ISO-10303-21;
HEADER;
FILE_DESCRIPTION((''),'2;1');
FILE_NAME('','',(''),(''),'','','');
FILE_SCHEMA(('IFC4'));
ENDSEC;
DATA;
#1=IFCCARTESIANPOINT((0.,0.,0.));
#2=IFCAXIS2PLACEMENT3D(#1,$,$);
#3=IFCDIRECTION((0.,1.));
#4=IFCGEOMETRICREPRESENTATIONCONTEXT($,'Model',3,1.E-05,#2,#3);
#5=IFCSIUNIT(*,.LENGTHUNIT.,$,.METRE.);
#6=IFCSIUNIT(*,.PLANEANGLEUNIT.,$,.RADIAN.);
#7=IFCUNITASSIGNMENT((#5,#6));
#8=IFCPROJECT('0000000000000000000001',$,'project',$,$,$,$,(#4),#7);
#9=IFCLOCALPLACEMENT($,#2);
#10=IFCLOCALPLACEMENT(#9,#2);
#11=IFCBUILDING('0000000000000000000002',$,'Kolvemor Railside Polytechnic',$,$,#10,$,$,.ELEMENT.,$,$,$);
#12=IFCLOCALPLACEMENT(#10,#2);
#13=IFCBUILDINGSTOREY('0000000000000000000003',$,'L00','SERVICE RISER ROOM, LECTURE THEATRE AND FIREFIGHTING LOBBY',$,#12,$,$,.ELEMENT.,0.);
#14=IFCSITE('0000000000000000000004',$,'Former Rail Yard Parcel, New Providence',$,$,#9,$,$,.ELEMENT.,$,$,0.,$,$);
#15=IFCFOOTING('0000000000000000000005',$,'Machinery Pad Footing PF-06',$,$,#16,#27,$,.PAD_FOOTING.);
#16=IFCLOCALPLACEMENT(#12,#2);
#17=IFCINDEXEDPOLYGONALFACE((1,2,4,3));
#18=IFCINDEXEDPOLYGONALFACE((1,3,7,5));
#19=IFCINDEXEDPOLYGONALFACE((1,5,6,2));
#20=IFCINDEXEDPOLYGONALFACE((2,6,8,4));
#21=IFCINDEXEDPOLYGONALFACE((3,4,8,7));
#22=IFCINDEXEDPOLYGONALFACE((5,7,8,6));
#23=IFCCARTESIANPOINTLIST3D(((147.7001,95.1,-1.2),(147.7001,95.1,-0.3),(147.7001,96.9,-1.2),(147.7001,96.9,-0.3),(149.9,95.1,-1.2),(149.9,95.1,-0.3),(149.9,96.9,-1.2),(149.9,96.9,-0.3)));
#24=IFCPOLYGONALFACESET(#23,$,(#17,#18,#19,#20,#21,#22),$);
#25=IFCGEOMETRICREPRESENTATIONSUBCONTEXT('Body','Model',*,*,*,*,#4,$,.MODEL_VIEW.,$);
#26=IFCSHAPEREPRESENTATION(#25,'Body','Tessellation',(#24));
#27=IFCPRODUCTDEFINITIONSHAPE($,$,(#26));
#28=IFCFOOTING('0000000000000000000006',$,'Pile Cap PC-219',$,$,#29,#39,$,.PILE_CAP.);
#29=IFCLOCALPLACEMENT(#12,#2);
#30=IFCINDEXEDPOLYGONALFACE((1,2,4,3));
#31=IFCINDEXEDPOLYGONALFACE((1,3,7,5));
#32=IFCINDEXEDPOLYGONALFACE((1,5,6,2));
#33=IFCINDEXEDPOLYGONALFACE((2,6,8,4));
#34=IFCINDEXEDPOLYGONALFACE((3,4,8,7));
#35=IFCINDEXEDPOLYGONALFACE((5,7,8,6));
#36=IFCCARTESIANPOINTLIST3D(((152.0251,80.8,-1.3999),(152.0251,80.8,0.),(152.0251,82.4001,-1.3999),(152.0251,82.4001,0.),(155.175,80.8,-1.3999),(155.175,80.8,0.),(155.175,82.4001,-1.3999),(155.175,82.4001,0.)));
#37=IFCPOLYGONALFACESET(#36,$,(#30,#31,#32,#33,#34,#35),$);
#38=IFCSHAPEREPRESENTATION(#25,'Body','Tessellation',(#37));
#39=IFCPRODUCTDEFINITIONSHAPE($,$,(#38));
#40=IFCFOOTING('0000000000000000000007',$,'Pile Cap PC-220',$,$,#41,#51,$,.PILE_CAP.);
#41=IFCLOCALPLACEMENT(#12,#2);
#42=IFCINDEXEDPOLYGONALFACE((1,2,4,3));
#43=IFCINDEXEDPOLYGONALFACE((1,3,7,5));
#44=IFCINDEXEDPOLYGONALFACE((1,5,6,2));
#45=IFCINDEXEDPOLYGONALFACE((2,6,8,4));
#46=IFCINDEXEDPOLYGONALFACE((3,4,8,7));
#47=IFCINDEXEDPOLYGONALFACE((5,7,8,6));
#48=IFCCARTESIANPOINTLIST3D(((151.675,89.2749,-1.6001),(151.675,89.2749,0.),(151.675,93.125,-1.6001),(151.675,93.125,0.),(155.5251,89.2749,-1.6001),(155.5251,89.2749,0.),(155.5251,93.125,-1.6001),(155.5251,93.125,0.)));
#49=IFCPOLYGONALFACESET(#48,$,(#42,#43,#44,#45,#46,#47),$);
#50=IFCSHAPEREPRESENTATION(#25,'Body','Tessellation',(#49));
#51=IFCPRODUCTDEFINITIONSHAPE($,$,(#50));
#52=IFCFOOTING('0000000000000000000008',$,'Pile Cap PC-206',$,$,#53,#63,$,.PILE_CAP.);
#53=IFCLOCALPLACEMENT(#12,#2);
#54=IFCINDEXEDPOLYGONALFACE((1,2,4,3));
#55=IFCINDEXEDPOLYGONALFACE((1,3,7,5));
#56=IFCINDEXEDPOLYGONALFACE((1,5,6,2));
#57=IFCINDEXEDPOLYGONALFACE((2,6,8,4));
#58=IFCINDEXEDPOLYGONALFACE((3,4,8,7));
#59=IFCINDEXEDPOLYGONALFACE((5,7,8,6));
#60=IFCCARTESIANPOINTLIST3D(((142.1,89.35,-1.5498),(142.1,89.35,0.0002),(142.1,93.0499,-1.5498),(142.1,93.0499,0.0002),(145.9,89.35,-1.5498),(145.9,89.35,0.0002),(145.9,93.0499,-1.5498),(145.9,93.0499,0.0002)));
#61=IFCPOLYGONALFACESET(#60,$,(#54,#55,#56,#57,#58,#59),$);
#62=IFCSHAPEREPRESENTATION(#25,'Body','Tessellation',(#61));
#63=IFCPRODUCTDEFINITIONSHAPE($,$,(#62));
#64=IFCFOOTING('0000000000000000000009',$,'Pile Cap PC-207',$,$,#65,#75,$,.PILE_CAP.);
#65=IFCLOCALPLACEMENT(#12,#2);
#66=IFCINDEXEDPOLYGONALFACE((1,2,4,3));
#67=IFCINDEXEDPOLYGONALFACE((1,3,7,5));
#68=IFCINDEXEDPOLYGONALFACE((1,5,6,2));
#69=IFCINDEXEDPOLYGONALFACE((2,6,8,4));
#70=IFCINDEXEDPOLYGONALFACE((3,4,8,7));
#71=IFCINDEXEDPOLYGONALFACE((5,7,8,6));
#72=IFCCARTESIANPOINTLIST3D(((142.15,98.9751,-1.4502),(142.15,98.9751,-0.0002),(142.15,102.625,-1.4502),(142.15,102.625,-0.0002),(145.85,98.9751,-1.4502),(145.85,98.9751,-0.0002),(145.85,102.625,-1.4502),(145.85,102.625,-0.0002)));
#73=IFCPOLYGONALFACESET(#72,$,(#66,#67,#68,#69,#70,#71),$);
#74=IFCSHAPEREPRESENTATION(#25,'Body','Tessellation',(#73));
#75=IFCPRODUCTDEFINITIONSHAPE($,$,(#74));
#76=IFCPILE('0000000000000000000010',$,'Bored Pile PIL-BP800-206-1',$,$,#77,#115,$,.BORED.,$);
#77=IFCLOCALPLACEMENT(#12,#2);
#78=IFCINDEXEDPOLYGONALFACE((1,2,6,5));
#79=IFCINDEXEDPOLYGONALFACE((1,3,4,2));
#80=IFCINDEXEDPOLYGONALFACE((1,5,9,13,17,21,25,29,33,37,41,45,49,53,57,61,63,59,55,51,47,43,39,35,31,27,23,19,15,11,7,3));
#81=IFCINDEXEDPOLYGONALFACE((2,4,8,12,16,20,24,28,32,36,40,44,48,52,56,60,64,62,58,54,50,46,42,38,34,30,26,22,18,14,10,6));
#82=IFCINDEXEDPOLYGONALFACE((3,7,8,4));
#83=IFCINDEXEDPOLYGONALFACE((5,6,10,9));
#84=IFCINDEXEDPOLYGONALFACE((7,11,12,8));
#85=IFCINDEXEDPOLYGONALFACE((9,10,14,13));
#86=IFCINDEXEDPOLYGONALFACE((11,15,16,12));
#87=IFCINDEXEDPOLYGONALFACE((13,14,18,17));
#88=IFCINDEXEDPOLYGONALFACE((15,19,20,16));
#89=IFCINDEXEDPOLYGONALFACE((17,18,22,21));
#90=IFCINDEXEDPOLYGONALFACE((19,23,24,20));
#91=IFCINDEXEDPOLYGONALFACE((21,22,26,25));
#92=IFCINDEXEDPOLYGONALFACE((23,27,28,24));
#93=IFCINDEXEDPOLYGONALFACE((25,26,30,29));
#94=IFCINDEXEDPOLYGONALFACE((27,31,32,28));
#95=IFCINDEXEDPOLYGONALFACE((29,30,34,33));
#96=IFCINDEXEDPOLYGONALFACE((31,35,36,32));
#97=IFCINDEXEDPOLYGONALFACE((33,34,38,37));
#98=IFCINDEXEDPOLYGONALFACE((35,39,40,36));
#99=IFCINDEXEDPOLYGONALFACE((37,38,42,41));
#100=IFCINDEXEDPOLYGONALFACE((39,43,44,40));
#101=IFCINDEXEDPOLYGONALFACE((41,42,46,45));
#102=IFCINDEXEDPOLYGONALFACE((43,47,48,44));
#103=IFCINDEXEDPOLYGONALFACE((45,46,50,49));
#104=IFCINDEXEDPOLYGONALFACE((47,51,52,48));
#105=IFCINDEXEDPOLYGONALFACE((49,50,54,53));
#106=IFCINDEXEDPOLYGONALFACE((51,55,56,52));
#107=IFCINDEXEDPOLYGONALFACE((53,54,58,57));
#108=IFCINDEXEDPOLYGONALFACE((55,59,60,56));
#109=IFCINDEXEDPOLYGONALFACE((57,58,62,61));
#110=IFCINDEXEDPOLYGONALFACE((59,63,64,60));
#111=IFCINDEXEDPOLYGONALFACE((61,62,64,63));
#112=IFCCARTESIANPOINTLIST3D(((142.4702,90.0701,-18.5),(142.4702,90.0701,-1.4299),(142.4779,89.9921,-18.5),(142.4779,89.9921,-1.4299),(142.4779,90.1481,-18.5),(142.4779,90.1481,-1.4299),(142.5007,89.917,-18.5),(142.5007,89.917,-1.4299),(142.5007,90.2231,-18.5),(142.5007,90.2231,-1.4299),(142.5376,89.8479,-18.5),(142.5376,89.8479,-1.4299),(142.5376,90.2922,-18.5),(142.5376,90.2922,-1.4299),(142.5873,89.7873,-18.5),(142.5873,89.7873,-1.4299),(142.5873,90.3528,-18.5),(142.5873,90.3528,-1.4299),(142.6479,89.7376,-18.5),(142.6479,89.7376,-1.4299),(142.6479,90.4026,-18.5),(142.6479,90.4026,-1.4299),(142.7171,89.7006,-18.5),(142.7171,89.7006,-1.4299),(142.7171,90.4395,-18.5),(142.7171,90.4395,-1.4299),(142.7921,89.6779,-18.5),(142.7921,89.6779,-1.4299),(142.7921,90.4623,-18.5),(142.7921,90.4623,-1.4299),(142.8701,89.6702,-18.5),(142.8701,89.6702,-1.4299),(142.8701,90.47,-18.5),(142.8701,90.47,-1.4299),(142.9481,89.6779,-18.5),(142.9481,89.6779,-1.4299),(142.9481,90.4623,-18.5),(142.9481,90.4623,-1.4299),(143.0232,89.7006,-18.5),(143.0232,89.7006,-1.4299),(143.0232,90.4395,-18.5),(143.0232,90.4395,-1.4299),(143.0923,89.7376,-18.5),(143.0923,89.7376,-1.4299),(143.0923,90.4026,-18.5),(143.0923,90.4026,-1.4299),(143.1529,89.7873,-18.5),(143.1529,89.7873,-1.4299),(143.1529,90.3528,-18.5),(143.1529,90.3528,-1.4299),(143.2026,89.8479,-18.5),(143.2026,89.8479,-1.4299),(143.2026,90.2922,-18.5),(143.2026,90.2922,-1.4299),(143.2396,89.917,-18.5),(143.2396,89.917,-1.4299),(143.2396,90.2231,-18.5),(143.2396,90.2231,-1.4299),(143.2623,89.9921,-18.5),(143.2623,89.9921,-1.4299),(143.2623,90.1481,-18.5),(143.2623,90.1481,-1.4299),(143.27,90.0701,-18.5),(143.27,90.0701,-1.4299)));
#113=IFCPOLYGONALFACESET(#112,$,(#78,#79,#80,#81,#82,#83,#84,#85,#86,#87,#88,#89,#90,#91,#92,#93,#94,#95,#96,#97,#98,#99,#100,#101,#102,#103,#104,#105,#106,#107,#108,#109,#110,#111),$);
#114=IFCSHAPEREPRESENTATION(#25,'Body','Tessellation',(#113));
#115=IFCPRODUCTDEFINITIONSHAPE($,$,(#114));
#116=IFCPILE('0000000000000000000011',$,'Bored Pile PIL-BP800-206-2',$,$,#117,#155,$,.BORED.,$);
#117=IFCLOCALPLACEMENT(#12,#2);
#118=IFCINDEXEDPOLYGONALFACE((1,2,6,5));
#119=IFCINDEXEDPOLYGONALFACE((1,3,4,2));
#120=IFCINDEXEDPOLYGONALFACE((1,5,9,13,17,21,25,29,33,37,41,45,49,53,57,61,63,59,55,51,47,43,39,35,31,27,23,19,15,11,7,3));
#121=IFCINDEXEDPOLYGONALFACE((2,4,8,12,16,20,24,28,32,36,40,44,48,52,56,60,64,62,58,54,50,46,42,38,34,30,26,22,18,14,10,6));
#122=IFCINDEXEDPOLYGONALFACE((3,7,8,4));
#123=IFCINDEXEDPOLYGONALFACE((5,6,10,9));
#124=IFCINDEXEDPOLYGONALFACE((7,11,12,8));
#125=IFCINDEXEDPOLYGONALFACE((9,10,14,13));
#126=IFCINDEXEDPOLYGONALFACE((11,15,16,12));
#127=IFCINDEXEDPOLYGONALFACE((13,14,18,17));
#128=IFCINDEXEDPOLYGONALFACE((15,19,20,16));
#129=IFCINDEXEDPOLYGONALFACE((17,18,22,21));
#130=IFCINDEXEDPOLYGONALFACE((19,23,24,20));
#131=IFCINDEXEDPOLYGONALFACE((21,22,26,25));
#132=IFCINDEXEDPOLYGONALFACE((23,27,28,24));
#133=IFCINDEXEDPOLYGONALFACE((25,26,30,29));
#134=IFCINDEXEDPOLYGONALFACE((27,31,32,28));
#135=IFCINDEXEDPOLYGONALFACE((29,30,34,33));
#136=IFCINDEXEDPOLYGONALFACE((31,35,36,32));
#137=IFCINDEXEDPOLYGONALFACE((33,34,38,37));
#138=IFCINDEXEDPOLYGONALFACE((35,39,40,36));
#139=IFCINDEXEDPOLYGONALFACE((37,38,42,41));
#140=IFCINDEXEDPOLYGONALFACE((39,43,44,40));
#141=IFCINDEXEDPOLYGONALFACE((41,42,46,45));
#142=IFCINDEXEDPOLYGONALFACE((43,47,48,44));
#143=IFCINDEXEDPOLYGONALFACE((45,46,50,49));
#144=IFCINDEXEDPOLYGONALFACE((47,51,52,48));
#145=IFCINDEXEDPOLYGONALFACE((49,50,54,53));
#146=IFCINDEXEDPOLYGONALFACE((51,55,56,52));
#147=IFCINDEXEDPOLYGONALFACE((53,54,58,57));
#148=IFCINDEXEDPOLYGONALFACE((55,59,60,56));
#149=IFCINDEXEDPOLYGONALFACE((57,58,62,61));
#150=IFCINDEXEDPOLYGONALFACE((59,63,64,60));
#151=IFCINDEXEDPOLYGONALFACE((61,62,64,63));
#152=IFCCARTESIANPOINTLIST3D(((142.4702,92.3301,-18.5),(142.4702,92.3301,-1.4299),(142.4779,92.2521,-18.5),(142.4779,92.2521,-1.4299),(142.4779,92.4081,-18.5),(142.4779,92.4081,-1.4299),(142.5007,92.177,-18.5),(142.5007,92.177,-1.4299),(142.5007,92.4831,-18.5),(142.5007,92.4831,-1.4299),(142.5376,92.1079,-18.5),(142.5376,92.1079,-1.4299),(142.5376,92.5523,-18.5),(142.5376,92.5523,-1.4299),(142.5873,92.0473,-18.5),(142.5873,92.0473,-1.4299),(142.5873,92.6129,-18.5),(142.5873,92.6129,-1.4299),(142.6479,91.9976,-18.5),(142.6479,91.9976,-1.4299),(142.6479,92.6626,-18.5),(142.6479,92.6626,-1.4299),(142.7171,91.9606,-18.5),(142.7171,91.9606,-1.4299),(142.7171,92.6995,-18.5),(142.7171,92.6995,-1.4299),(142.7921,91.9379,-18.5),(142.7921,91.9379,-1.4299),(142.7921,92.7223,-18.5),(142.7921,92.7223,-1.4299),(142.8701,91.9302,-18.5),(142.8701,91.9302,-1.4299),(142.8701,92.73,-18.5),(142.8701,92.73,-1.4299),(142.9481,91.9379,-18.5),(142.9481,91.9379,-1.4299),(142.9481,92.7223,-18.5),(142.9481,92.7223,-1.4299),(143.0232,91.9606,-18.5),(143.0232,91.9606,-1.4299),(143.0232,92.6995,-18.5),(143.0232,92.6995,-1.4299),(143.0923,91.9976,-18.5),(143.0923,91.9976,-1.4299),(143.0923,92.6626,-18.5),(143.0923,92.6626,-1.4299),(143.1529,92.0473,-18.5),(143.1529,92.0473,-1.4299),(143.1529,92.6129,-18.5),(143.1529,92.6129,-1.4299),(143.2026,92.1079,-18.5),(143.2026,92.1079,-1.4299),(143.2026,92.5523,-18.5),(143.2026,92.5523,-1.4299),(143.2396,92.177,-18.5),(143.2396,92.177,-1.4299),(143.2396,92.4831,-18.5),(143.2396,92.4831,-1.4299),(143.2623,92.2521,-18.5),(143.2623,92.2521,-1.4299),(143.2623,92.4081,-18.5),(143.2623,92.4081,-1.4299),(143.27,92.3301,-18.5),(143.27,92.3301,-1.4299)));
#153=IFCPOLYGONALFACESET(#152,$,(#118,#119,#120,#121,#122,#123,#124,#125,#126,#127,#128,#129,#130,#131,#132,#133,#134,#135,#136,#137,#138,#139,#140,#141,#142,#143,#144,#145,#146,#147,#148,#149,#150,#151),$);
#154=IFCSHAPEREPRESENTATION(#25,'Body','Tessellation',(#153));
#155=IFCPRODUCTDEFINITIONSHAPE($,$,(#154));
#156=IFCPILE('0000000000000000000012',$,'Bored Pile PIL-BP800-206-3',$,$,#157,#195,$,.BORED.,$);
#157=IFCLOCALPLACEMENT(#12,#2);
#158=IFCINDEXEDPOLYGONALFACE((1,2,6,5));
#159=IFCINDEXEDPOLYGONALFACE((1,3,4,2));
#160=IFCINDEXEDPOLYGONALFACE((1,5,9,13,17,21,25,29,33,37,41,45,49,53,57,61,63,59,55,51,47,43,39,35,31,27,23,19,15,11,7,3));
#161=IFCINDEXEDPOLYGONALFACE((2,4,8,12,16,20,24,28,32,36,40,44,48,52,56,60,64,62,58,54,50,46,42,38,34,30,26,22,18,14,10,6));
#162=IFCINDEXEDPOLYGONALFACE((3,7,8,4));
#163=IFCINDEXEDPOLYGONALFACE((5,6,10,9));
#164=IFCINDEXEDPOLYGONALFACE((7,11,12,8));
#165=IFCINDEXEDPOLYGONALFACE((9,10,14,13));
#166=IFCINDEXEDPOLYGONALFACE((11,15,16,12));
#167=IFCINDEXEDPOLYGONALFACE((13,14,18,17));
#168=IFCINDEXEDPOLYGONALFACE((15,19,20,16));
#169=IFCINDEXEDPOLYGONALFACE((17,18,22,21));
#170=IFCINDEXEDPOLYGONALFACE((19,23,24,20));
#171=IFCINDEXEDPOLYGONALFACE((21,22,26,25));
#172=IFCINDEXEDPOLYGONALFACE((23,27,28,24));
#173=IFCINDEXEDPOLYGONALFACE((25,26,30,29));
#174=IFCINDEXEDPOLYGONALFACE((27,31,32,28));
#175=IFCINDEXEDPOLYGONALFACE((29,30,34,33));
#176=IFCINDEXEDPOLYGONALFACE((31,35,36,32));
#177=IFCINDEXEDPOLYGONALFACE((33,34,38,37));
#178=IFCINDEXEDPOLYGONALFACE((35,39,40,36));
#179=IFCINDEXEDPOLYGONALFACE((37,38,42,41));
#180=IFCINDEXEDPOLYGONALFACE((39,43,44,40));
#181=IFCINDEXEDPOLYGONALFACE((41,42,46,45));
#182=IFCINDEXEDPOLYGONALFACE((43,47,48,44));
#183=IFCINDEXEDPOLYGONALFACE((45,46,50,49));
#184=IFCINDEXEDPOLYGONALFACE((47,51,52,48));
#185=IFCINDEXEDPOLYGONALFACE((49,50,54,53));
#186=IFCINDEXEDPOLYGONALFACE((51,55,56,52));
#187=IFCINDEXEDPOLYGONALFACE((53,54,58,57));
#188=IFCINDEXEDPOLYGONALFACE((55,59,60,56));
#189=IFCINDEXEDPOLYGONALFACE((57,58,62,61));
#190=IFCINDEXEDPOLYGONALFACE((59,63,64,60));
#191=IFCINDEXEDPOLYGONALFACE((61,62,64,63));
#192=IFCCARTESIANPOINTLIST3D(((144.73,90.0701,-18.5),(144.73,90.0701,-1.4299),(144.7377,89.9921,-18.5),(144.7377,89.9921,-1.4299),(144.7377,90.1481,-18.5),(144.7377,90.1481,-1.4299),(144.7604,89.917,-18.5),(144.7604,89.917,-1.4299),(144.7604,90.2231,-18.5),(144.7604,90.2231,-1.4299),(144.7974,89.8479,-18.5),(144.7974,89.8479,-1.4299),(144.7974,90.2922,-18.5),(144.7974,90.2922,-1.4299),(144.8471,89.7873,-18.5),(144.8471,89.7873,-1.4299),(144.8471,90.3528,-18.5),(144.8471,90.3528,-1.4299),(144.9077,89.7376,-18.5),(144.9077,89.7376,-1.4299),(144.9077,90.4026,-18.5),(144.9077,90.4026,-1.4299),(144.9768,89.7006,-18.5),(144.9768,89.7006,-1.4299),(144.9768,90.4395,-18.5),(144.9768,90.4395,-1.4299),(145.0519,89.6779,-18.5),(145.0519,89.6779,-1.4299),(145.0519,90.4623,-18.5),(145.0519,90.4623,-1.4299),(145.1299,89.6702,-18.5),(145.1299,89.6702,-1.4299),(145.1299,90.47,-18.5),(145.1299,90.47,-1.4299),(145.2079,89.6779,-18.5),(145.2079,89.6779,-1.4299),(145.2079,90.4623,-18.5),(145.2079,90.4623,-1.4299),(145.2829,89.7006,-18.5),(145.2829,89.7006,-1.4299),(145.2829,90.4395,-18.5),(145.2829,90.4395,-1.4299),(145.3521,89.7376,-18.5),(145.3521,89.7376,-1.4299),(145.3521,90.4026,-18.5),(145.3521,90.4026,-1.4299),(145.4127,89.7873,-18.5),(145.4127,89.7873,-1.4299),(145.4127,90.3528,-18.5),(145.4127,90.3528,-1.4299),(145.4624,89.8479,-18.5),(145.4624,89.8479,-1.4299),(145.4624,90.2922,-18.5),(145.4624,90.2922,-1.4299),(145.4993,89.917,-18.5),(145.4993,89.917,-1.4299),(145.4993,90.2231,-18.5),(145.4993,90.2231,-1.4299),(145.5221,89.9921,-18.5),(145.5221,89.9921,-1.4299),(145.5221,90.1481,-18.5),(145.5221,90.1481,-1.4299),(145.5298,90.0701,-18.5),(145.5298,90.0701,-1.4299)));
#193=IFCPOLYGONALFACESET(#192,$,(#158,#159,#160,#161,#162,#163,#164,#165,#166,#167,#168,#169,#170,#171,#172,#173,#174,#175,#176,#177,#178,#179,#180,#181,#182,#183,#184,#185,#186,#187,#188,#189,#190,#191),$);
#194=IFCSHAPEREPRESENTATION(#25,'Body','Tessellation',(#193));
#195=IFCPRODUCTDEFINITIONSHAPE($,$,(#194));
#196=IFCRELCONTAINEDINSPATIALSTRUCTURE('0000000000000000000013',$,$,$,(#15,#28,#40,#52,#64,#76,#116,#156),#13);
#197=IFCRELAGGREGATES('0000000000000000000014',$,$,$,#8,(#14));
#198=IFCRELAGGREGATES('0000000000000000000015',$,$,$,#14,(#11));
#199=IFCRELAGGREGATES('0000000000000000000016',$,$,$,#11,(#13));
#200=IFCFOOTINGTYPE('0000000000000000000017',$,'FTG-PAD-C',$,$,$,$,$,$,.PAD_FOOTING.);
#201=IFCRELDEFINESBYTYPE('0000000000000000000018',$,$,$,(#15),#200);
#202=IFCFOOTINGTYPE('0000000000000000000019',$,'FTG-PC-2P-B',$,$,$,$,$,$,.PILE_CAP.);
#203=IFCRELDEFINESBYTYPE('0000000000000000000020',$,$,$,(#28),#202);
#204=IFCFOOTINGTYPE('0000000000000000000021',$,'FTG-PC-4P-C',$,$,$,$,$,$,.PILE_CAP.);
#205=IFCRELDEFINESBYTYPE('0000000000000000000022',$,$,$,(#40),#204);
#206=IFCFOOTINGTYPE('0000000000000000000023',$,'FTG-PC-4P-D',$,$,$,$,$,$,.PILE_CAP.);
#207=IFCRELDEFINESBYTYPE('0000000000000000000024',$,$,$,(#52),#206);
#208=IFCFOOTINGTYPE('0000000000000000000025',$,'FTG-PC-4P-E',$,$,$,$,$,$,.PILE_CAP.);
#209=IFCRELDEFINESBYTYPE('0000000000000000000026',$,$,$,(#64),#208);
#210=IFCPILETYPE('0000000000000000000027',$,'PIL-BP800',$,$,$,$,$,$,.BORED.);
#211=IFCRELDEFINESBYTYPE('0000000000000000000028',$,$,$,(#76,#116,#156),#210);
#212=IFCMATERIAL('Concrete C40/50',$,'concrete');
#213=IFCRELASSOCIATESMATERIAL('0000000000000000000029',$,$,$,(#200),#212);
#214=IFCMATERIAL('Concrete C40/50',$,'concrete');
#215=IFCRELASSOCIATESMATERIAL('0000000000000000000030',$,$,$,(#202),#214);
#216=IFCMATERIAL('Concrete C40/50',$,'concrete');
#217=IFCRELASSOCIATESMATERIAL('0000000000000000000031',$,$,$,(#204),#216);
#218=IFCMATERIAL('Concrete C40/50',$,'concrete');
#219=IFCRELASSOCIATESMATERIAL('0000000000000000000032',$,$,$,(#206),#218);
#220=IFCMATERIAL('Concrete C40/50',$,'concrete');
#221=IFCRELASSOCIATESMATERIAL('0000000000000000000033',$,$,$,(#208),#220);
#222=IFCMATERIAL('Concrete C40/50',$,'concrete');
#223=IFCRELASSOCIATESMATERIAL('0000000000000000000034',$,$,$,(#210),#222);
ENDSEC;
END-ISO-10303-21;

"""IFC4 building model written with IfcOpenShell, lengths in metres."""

from ifc_helpers import new_model, si_unit, direction, frame, origin, origin_2d, place, context, subcontext, project, spatial, rectangle, circle, extrude, material, material_profile, profile_set, type_object, element, save


model = new_model("IFC4")

# Units and contexts
model_context = context("Model", 3, precision=1e-05, world=origin(), true_north=direction((0.0, 1.0)))
body_context = subcontext(model_context, "Body", "Model", "MODEL_VIEW")
ifc_project = project(units=[si_unit("LENGTHUNIT", "METRE"), si_unit("PLANEANGLEUNIT", "RADIAN")], contexts=[model_context])

# Site, building, storey
site_placement = place(None, origin())
site = spatial("IfcSite", under=ifc_project, at=site_placement, Name="Former Rail Yard Parcel, New Providence", CompositionType="ELEMENT", RefElevation=0.0)
building_placement = place(site_placement, origin())
building = spatial("IfcBuilding", under=site, at=building_placement, Name="Kolvemor Railside Polytechnic", CompositionType="ELEMENT")
storey_placement = place(building_placement, origin())
storey = spatial("IfcBuildingStorey", under=building, at=storey_placement, Name="L00", Description="SERVICE RISER ROOM, LECTURE THEATRE AND FIREFIGHTING LOBBY", CompositionType="ELEMENT", Elevation=0.0)

# Footings
ifc_material_1 = material(Name="Concrete C40/50", Category="concrete")
footing_type_1 = type_object("IfcFootingType", Name="FTG-PAD-C", PredefinedType="PAD_FOOTING", material=ifc_material_1)
footing_1_placement = place(storey_placement, frame((148.8, 96.0, -1.2), z_axis=(0.0, 0.0, 1.0), x_axis=(1.0, 0.0, 0.0)))
element("IfcFooting", 1, at=footing_1_placement, inside=storey, type_object=footing_type_1, Name="Machinery Pad Footing PF-06", PredefinedType="PAD_FOOTING", context=body_context, shape_type="SweptSolid", body=[
    extrude(rectangle(XDim=2.2, YDim=1.8, at=origin_2d()), origin(), (0.0, 0.0, 1.0), 0.8999),
])
ifc_material_2 = material(Name="Concrete C40/50", Category="concrete")
footing_type_2 = type_object("IfcFootingType", Name="FTG-PC-2P-B", PredefinedType="PILE_CAP", material=ifc_material_2)
footing_2_placement = place(storey_placement, frame((153.6001, 81.6001, -1.3999), z_axis=(0.0, 0.0, 1.0), x_axis=(1.0, 0.0, 0.0)))
element("IfcFooting", 2, at=footing_2_placement, inside=storey, type_object=footing_type_2, Name="Pile Cap PC-219", PredefinedType="PILE_CAP", context=body_context, shape_type="SweptSolid", body=[
    extrude(rectangle(XDim=3.1499, YDim=1.6001, at=origin_2d()), origin(), (0.0, 0.0, 1.0), 1.3999),
])
ifc_material_3 = material(Name="Concrete C40/50", Category="concrete")
footing_type_3 = type_object("IfcFootingType", Name="FTG-PC-4P-C", PredefinedType="PILE_CAP", material=ifc_material_3)
footing_3_placement = place(storey_placement, frame((153.6001, 91.2, -1.6001), z_axis=(0.0, 0.0, 1.0), x_axis=(1.0, 0.0, 0.0)))
element("IfcFooting", 3, at=footing_3_placement, inside=storey, type_object=footing_type_3, Name="Pile Cap PC-220", PredefinedType="PILE_CAP", context=body_context, shape_type="SweptSolid", body=[
    extrude(rectangle(XDim=3.8501, YDim=3.8501, at=origin_2d()), origin(), (0.0, 0.0, 1.0), 1.6001),
])
ifc_material_4 = material(Name="Concrete C40/50", Category="concrete")
footing_type_4 = type_object("IfcFootingType", Name="FTG-PC-4P-D", PredefinedType="PILE_CAP", material=ifc_material_4)
footing_4_placement = place(storey_placement, frame((144.0, 91.2, -1.5498), z_axis=(0.0, 0.0, 1.0), x_axis=(1.0, 0.0, 0.0)))
element("IfcFooting", 4, at=footing_4_placement, inside=storey, type_object=footing_type_4, Name="Pile Cap PC-206", PredefinedType="PILE_CAP", context=body_context, shape_type="SweptSolid", body=[
    extrude(rectangle(XDim=3.8, YDim=3.7, at=origin_2d()), origin(), (0.0, 0.0, 1.0), 1.55),
])
ifc_material_5 = material(Name="Concrete C40/50", Category="concrete")
footing_type_5 = type_object("IfcFootingType", Name="FTG-PC-4P-E", PredefinedType="PILE_CAP", material=ifc_material_5)
footing_5_placement = place(storey_placement, frame((144.0, 100.8, -1.4502), z_axis=(0.0, 0.0, 1.0), x_axis=(1.0, 0.0, 0.0)))
element("IfcFooting", 5, at=footing_5_placement, inside=storey, type_object=footing_type_5, Name="Pile Cap PC-207", PredefinedType="PILE_CAP", context=body_context, shape_type="SweptSolid", body=[
    extrude(rectangle(XDim=3.7, YDim=3.6499, at=origin_2d()), origin(), (0.0, 0.0, 1.0), 1.45),
])

# Piles
ifc_material_6 = material(Name="Concrete C40/50", Category="concrete")
ifc_material_profile_1 = material_profile(ifc_material_6, circle(Radius=0.3999, at=origin_2d()), Name="BP800")
ifc_profile_set_1 = profile_set([ifc_material_profile_1], Name="Concrete C40/50")
pile_type_1 = type_object("IfcPileType", Name="PIL-BP800", PredefinedType="BORED", material=ifc_profile_set_1)
for number, where, z_axis, x_axis, name in (
    (6, (142.8701, 90.0701, -1.4299), (0.0, 0.0, -1.0), (1.0, 0.0, 0.0), "Bored Pile PIL-BP800-206-1"),
    (7, (142.8701, 92.3301, -1.4299), (0.0, 0.0, -1.0), (1.0, 0.0, 0.0), "Bored Pile PIL-BP800-206-2"),
    (8, (145.1299, 90.0701, -1.4299), (0.0, 0.0, -1.0), (1.0, 0.0, 0.0), "Bored Pile PIL-BP800-206-3"),
):
    element("IfcPile", number, at=place(storey_placement, frame(where, z_axis=z_axis, x_axis=x_axis)), inside=storey, type_object=pile_type_1, Name=name, PredefinedType="BORED", context=body_context, shape_type="SweptSolid", body=[
        extrude(circle(Radius=0.3999, at=origin_2d()), origin(), (0.0, 0.0, 1.0), 17.0701),
    ])

save(model, "model.ifc")
